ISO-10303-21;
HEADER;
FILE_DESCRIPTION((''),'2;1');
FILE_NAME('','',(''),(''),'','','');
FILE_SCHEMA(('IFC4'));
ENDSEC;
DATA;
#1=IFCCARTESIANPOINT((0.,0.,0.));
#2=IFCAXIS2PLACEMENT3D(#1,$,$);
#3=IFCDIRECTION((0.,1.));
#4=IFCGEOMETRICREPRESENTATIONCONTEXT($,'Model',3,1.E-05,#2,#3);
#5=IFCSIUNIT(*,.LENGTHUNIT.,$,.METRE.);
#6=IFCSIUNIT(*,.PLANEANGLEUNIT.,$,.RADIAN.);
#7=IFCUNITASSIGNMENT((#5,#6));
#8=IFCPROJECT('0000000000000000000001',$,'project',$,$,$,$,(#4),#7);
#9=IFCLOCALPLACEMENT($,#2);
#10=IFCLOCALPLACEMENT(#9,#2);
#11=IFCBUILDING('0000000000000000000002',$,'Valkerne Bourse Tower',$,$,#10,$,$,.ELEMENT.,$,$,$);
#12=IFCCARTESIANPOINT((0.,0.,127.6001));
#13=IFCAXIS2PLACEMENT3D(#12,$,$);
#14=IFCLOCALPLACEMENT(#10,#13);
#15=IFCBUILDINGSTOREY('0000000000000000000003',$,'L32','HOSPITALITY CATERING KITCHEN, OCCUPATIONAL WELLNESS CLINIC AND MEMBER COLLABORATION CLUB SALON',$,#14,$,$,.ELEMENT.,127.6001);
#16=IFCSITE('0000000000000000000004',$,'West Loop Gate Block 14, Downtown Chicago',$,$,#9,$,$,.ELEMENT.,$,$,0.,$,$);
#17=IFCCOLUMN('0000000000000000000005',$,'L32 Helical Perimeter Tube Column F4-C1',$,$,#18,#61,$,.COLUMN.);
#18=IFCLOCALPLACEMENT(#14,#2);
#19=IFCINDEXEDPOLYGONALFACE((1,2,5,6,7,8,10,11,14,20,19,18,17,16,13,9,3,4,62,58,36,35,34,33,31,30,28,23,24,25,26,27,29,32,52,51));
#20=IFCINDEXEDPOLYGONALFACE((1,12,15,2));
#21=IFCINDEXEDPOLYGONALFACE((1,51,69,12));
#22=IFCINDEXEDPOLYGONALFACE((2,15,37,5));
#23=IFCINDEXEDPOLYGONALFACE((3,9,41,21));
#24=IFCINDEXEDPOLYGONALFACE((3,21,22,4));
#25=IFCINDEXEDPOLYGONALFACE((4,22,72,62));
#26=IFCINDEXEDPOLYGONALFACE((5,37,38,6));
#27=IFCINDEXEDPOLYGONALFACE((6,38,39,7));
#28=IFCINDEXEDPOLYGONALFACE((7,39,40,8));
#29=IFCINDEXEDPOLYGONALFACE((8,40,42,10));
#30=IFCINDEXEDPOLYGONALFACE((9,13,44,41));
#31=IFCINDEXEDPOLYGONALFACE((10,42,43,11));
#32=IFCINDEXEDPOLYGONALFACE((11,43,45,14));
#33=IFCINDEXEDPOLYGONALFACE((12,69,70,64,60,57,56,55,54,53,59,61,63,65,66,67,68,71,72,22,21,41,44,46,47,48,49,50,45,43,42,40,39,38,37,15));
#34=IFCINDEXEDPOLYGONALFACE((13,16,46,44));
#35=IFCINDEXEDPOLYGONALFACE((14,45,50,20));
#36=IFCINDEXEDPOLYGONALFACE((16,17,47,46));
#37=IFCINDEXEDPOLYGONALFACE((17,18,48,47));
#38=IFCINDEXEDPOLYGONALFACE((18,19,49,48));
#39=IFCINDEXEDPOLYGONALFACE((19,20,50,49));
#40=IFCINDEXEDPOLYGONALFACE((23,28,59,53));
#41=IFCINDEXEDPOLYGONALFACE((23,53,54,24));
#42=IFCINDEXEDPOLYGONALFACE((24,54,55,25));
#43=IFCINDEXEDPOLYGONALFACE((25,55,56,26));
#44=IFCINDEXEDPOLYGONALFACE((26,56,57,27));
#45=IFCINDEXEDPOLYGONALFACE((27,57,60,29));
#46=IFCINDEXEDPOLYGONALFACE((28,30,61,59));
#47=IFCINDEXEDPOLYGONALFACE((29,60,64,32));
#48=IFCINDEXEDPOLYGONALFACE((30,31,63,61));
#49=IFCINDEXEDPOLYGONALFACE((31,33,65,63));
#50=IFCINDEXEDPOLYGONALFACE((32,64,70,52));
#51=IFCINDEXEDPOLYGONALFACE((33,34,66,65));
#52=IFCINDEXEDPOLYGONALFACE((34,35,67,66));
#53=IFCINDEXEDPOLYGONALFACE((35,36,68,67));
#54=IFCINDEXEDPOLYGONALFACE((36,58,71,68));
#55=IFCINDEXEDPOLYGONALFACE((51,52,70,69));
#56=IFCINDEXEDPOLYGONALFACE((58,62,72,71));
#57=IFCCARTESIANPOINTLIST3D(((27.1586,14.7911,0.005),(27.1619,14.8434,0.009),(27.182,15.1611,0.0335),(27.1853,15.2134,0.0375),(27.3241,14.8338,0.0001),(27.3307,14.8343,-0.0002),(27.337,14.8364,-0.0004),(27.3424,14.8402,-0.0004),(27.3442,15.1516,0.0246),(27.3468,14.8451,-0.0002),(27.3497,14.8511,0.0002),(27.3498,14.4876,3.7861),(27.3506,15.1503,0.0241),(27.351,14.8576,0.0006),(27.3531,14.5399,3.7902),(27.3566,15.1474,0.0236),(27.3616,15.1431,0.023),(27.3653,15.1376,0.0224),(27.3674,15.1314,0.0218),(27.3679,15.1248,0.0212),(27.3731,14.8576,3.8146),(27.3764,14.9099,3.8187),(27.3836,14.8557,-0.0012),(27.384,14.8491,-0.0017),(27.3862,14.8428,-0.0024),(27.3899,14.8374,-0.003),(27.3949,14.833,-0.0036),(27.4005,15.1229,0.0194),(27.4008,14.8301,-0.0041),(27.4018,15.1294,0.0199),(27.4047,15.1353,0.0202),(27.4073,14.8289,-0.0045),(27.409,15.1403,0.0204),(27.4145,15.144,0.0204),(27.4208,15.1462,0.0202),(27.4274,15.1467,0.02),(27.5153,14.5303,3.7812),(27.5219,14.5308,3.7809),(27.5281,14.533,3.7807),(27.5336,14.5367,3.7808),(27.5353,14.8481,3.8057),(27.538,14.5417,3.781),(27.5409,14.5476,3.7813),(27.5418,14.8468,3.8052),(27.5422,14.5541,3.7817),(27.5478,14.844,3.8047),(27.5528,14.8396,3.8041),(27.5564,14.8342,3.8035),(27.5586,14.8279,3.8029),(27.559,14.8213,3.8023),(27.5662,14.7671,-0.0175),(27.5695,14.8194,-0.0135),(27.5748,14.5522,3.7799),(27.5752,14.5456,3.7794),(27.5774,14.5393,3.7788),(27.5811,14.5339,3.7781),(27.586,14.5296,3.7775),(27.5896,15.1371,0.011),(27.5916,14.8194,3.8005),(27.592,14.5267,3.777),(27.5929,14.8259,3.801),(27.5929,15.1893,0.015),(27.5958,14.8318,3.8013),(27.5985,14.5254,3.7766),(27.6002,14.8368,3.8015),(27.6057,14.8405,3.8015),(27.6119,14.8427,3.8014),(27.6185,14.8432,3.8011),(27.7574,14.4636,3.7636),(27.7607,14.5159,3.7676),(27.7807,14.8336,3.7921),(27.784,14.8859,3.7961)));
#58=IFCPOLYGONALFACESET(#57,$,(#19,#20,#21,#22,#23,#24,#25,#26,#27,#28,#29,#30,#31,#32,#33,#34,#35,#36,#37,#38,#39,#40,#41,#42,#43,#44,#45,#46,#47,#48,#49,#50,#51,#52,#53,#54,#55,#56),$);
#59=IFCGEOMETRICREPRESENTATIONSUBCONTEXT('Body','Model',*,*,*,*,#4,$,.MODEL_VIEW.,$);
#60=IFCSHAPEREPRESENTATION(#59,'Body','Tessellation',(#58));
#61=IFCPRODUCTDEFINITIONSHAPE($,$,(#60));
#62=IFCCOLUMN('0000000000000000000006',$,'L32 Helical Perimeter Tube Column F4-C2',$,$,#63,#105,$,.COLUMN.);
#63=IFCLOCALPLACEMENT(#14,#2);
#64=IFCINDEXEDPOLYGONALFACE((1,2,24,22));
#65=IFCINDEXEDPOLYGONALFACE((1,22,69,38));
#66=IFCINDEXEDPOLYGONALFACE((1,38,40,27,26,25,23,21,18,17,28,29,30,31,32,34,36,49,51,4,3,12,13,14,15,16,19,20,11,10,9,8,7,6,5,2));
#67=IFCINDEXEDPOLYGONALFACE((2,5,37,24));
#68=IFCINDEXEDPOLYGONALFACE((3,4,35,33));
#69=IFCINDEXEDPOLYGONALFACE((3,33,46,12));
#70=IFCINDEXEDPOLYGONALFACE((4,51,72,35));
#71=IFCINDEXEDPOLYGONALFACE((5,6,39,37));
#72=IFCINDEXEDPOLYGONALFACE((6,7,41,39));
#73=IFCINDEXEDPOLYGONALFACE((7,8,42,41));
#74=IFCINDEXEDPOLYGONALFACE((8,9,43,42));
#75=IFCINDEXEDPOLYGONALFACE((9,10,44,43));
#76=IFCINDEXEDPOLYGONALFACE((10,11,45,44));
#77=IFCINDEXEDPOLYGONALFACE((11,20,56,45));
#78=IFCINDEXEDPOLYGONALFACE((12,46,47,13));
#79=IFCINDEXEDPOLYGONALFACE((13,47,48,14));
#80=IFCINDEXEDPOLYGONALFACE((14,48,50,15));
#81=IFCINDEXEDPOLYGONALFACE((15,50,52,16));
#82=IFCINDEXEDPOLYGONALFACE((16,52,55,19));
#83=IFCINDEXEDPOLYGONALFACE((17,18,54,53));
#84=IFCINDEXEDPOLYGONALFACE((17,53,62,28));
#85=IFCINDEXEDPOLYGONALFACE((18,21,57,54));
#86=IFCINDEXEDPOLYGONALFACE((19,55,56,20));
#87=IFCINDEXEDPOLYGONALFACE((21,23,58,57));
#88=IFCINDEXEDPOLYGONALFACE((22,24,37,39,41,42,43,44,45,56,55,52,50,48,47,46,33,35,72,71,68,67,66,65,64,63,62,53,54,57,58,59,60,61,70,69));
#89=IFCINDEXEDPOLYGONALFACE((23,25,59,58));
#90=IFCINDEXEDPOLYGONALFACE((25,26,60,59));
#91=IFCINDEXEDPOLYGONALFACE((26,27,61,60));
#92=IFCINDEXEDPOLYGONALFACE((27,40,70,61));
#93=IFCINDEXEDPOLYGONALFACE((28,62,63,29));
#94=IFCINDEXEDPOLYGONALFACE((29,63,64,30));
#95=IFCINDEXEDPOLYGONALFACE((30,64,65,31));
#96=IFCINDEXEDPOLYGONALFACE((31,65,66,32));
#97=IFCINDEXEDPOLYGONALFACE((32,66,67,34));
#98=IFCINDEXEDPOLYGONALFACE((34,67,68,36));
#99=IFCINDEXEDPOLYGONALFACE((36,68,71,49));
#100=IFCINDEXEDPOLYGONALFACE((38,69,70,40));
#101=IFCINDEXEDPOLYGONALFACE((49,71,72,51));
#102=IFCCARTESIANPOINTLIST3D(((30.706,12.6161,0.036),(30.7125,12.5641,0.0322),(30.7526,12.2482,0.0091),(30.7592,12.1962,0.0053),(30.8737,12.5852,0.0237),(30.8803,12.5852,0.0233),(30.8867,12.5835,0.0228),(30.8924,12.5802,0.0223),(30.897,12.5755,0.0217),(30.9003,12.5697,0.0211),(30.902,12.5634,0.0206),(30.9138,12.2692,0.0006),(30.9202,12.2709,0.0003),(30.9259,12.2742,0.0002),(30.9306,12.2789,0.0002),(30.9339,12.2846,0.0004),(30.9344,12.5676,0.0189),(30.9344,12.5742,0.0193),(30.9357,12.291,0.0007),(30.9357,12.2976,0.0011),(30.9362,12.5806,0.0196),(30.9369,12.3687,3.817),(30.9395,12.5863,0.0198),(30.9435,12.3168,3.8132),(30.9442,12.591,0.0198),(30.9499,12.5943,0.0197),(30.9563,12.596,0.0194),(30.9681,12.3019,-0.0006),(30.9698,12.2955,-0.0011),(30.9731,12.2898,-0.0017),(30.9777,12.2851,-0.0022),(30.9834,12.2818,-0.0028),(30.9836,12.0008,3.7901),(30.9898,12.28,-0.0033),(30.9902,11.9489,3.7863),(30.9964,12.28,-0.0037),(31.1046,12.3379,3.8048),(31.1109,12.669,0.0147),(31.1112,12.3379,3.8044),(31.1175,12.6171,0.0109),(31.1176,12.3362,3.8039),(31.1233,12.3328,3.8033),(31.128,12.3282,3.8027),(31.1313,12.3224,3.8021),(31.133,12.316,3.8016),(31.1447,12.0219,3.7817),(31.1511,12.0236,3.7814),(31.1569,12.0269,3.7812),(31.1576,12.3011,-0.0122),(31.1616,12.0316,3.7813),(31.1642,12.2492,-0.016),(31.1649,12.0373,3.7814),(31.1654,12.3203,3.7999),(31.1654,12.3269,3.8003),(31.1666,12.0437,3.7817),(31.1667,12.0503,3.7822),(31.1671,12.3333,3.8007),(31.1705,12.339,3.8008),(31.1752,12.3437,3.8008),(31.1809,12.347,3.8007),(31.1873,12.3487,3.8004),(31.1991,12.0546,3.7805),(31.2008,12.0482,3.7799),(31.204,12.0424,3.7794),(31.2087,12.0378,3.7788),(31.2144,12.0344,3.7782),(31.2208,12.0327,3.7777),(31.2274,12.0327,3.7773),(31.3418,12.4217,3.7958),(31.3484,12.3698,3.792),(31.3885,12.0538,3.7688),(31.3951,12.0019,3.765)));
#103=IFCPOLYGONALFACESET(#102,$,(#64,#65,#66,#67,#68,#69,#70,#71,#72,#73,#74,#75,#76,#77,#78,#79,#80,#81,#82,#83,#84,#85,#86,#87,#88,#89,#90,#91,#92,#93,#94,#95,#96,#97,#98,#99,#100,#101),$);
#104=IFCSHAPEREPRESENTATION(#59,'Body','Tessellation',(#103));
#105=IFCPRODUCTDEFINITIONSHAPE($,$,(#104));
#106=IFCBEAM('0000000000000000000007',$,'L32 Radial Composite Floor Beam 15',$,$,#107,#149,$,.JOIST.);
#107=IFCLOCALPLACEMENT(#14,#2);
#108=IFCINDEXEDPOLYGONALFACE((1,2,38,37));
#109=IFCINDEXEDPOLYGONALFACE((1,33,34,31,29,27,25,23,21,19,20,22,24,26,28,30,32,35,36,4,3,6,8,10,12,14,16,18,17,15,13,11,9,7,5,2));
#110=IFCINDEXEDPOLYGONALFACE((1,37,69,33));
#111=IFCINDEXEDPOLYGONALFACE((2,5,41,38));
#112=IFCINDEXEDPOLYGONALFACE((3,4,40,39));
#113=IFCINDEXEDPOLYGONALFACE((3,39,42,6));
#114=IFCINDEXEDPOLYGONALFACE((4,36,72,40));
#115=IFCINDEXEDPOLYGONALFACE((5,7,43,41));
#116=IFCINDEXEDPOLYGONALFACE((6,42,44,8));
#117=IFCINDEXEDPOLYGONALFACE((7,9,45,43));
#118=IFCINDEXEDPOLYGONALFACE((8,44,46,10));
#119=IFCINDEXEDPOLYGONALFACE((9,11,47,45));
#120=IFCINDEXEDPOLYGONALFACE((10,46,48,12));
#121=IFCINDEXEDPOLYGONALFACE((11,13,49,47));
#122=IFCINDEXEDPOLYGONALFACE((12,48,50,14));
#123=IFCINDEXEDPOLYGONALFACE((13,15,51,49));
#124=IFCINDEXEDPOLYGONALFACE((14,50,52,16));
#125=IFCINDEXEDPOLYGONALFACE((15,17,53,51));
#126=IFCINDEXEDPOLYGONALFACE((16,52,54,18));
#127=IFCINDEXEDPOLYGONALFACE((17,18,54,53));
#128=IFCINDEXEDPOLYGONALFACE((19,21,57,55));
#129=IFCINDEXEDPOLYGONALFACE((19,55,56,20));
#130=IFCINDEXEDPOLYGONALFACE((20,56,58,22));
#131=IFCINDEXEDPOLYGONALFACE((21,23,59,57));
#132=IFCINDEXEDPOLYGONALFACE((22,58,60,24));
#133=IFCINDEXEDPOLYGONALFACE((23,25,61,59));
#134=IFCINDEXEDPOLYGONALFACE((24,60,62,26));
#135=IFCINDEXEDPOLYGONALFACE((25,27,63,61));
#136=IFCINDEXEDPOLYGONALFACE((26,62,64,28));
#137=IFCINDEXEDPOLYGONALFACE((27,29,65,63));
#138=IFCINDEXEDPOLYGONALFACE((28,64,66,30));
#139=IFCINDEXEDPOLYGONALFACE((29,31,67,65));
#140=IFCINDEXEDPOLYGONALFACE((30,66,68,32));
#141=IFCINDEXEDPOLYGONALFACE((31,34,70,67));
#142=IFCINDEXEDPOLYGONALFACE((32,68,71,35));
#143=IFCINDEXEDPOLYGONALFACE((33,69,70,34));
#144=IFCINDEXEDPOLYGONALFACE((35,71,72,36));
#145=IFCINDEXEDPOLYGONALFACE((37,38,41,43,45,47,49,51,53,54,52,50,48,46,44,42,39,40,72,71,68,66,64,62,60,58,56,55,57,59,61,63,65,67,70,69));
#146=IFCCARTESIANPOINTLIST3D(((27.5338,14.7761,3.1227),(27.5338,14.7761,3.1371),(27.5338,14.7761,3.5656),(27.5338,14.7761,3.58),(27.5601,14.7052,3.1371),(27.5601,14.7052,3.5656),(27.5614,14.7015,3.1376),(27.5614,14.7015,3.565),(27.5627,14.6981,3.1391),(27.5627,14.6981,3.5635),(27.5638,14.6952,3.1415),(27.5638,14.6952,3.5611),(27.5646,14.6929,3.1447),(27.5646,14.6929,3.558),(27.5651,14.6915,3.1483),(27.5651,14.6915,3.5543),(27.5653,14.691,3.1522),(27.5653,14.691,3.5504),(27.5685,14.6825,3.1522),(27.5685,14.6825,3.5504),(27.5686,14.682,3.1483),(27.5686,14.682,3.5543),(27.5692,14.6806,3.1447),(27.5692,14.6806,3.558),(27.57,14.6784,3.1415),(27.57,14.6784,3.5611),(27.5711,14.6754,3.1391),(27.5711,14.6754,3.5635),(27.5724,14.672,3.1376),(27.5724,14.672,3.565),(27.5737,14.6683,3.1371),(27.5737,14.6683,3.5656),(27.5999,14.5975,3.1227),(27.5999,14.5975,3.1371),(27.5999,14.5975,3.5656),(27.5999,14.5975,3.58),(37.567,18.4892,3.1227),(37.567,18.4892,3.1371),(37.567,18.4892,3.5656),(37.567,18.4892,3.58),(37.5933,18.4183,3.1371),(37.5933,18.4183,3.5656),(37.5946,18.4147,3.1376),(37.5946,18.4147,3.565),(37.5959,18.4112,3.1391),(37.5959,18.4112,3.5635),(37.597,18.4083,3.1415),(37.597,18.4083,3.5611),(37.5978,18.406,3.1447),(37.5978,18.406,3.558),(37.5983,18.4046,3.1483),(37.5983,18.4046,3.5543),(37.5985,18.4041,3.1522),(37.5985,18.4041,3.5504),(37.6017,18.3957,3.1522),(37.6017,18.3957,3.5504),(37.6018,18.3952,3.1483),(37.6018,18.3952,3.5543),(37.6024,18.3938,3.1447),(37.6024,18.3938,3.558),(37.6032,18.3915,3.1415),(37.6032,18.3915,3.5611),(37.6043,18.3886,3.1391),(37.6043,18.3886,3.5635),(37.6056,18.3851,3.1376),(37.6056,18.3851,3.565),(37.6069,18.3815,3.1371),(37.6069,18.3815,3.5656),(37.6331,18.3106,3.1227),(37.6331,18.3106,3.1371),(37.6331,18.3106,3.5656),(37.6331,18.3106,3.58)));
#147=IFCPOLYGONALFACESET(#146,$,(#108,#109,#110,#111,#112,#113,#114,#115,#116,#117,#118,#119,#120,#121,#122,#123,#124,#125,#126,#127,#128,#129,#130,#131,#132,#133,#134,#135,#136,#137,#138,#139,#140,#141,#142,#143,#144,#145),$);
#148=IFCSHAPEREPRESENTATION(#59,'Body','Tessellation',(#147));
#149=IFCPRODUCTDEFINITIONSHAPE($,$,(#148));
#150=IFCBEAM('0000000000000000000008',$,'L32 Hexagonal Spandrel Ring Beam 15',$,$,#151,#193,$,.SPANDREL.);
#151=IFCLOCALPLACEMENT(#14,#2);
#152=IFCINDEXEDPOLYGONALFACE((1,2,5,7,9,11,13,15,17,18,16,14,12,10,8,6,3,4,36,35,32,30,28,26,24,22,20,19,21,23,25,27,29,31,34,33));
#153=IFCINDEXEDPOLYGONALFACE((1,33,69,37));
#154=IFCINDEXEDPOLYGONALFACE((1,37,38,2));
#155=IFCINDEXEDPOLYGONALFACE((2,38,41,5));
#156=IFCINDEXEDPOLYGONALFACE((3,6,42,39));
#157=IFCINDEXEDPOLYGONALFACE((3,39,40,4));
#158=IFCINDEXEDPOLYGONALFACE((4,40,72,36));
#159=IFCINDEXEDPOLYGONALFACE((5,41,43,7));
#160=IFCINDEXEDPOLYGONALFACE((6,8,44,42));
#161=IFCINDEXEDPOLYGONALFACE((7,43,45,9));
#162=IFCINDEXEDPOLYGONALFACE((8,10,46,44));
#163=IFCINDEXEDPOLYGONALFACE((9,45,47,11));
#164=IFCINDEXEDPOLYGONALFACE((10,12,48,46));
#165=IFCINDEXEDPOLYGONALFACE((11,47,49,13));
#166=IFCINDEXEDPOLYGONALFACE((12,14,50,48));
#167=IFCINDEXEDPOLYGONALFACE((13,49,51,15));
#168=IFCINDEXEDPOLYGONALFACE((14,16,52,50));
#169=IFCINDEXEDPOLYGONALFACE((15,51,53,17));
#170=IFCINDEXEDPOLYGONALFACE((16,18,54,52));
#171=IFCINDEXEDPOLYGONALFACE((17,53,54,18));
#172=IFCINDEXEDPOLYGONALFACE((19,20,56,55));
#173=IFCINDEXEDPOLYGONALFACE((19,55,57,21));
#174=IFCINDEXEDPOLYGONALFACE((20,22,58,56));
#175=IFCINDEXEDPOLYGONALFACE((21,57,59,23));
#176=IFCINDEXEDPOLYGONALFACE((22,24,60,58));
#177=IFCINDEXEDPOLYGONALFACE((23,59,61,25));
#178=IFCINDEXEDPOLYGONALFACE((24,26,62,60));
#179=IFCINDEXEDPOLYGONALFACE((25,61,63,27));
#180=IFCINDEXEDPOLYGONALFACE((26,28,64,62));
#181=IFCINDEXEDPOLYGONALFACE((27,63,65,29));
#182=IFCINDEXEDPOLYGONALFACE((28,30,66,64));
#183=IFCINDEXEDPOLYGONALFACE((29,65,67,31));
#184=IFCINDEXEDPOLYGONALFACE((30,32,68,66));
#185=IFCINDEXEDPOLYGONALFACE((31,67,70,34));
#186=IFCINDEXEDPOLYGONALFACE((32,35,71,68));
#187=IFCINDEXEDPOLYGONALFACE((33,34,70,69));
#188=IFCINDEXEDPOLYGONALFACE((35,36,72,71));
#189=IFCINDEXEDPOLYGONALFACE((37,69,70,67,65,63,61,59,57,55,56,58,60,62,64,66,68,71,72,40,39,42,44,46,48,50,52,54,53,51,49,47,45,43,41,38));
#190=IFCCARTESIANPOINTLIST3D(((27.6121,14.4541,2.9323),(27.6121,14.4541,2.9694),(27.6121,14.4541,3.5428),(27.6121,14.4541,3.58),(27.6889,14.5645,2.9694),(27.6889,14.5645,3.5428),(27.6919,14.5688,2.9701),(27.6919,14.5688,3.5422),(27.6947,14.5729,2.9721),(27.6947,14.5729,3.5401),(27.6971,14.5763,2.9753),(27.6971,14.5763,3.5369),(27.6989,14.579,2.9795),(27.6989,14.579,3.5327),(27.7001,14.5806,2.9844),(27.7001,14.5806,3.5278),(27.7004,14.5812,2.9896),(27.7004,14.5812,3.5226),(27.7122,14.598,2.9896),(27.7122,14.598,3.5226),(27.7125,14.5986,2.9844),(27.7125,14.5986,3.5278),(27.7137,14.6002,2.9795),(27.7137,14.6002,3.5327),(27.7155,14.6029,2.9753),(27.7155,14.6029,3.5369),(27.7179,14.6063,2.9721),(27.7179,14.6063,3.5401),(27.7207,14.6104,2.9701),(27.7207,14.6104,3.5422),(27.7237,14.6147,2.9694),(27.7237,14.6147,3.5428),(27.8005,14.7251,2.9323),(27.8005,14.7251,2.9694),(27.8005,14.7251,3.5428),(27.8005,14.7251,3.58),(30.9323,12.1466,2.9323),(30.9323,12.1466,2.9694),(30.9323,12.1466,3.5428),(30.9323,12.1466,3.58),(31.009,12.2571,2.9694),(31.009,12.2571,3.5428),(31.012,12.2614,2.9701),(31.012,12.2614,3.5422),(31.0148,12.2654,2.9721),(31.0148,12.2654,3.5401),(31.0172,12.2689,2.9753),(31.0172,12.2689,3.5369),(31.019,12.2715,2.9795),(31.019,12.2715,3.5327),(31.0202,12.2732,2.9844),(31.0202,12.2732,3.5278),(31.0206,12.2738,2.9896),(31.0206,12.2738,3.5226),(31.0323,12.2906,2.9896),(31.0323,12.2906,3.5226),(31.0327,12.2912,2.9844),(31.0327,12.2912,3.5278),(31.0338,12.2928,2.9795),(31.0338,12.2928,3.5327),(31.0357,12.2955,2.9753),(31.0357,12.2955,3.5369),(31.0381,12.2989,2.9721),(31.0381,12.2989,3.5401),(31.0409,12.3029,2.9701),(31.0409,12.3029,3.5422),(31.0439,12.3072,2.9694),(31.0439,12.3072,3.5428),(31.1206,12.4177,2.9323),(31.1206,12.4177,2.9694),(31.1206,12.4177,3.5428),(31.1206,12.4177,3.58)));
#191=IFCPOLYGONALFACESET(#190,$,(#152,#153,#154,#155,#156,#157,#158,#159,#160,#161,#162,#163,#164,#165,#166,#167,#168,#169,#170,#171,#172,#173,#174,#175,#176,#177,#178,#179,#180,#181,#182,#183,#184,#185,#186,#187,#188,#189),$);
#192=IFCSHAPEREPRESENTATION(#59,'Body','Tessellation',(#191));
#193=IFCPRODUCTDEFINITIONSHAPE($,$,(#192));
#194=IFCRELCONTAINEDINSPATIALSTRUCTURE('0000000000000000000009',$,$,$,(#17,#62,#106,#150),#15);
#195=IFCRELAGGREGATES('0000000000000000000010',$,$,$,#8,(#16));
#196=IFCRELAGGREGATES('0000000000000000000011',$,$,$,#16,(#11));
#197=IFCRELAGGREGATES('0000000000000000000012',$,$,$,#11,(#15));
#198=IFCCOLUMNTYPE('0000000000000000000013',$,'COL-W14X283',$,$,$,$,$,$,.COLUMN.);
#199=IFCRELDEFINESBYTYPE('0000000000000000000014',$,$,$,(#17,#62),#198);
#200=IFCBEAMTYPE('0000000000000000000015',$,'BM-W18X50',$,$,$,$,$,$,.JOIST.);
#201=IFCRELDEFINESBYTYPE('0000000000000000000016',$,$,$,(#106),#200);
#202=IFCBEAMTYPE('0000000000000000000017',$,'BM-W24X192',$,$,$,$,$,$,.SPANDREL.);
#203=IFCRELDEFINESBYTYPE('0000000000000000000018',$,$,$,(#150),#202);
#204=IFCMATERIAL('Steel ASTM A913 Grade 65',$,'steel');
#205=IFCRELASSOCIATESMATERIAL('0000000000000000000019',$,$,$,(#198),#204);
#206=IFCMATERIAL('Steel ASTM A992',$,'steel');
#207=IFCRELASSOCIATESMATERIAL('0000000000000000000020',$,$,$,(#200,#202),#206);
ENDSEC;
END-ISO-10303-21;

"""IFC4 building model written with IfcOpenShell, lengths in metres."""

from ifc_helpers import new_model, si_unit, direction, frame, origin, origin_2d, place, context, subcontext, project, spatial, i_section, extrude, material, material_profile, profile_set, type_object, element, save


model = new_model("IFC4")

# Units and contexts
model_context = context("Model", 3, precision=1e-05, world=origin(), true_north=direction((0.0, 1.0)))
body_context = subcontext(model_context, "Body", "Model", "MODEL_VIEW")
ifc_project = project(units=[si_unit("LENGTHUNIT", "METRE"), si_unit("PLANEANGLEUNIT", "RADIAN")], contexts=[model_context])

# Site, building, storey
site_placement = place(None, origin())
site = spatial("IfcSite", under=ifc_project, at=site_placement, Name="West Loop Gate Block 14, Downtown Chicago", CompositionType="ELEMENT", RefElevation=0.0)
building_placement = place(site_placement, origin())
building = spatial("IfcBuilding", under=site, at=building_placement, Name="Valkerne Bourse Tower", CompositionType="ELEMENT")
storey_placement = place(building_placement, frame((0.0, 0.0, 127.6001)))
storey = spatial("IfcBuildingStorey", under=building, at=storey_placement, Name="L32", Description="HOSPITALITY CATERING KITCHEN, OCCUPATIONAL WELLNESS CLINIC AND MEMBER COLLABORATION CLUB SALON", CompositionType="ELEMENT", Elevation=127.6001)

# Columns
ifc_material_1 = material(Name="Steel ASTM A913 Grade 65", Category="steel")
ifc_material_profile_1 = material_profile(ifc_material_1, i_section(OverallWidth=0.4089, OverallDepth=0.4243, WebThickness=0.0327, FlangeThickness=0.0525, FilletRadius=0.0254, at=origin_2d()), Name="W14X283")
ifc_profile_set_1 = profile_set([ifc_material_profile_1], Name="Steel ASTM A913 Grade 65")
column_type = type_object("IfcColumnType", Name="COL-W14X283", PredefinedType="COLUMN", material=ifc_profile_set_1)
column_1_placement = place(storey_placement, frame((27.3757, 14.9902, 0.01), z_axis=(0.050333, -0.079902, 0.995531), x_axis=(0.996753, -0.058703, -0.055106)))
element("IfcColumn", 1, at=column_1_placement, inside=storey, type_object=column_type, Name="L32 Helical Perimeter Tube Column F4-C1", PredefinedType="COLUMN", context=body_context, shape_type="SweptSolid", body=[
    extrude(i_section(OverallWidth=0.4089, OverallDepth=0.4243, WebThickness=0.0327, FlangeThickness=0.0525, FilletRadius=0.0254, at=origin_2d()), origin(), (0.0, 0.0, 1.0), 3.7981),
])
column_2_placement = place(storey_placement, frame((30.9351, 12.4326, 0.01), z_axis=(0.06084, -0.065149, 0.996019), x_axis=(0.990217, 0.129475, -0.052017)))
element("IfcColumn", 2, at=column_2_placement, inside=storey, type_object=column_type, Name="L32 Helical Perimeter Tube Column F4-C2", PredefinedType="COLUMN", context=body_context, shape_type="SweptSolid", body=[
    extrude(i_section(OverallWidth=0.4089, OverallDepth=0.4243, WebThickness=0.0327, FlangeThickness=0.0525, FilletRadius=0.0254, at=origin_2d()), origin(), (0.0, 0.0, 1.0), 3.7961),
])

# Beams
ifc_material_2 = material(Name="Steel ASTM A992", Category="steel")
ifc_material_profile_2 = material_profile(ifc_material_2, i_section(OverallWidth=0.1904, OverallDepth=0.4573, WebThickness=0.009, FlangeThickness=0.0144, FilletRadius=0.0151, at=origin_2d()), Name="W18X50")
ifc_profile_set_2 = profile_set([ifc_material_profile_2], Name="Steel ASTM A992")
beam_type_1 = type_object("IfcBeamType", Name="BM-W18X50", PredefinedType="JOIST", material=ifc_profile_set_2)
beam_1_placement = place(storey_placement, frame((27.5669, 14.6868, 3.3513), z_axis=(0.937836, 0.347079, 0.0), x_axis=(-0.347079, 0.937836, 0.0)))
element("IfcBeam", 3, at=beam_1_placement, inside=storey, type_object=beam_type_1, Name="L32 Radial Composite Floor Beam 15", PredefinedType="JOIST", context=body_context, shape_type="SweptSolid", body=[
    extrude(i_section(OverallWidth=0.1904, OverallDepth=0.4573, WebThickness=0.009, FlangeThickness=0.0144, FilletRadius=0.0151, at=origin_2d()), origin(), (0.0, 0.0, 1.0), 10.6982),
])
ifc_material_profile_3 = material_profile(ifc_material_2, i_section(OverallWidth=0.3301, OverallDepth=0.6477, WebThickness=0.0205, FlangeThickness=0.0371, FilletRadius=0.0203, at=origin_2d()), Name="W24X192")
ifc_profile_set_3 = profile_set([ifc_material_profile_3], Name="Steel ASTM A992")
beam_type_2 = type_object("IfcBeamType", Name="BM-W24X192", PredefinedType="SPANDREL", material=ifc_profile_set_3)
beam_2_placement = place(storey_placement, frame((27.7063, 14.5896, 3.2561), z_axis=(0.821165, -0.570691, 0.0), x_axis=(0.570691, 0.821165, 0.0)))
element("IfcBeam", 4, at=beam_2_placement, inside=storey, type_object=beam_type_2, Name="L32 Hexagonal Spandrel Ring Beam 15", PredefinedType="SPANDREL", context=body_context, shape_type="SweptSolid", body=[
    extrude(i_section(OverallWidth=0.3301, OverallDepth=0.6477, WebThickness=0.0205, FlangeThickness=0.0371, FilletRadius=0.0203, at=origin_2d()), origin(), (0.0, 0.0, 1.0), 4.0432),
])

save(model, "model.ifc")
